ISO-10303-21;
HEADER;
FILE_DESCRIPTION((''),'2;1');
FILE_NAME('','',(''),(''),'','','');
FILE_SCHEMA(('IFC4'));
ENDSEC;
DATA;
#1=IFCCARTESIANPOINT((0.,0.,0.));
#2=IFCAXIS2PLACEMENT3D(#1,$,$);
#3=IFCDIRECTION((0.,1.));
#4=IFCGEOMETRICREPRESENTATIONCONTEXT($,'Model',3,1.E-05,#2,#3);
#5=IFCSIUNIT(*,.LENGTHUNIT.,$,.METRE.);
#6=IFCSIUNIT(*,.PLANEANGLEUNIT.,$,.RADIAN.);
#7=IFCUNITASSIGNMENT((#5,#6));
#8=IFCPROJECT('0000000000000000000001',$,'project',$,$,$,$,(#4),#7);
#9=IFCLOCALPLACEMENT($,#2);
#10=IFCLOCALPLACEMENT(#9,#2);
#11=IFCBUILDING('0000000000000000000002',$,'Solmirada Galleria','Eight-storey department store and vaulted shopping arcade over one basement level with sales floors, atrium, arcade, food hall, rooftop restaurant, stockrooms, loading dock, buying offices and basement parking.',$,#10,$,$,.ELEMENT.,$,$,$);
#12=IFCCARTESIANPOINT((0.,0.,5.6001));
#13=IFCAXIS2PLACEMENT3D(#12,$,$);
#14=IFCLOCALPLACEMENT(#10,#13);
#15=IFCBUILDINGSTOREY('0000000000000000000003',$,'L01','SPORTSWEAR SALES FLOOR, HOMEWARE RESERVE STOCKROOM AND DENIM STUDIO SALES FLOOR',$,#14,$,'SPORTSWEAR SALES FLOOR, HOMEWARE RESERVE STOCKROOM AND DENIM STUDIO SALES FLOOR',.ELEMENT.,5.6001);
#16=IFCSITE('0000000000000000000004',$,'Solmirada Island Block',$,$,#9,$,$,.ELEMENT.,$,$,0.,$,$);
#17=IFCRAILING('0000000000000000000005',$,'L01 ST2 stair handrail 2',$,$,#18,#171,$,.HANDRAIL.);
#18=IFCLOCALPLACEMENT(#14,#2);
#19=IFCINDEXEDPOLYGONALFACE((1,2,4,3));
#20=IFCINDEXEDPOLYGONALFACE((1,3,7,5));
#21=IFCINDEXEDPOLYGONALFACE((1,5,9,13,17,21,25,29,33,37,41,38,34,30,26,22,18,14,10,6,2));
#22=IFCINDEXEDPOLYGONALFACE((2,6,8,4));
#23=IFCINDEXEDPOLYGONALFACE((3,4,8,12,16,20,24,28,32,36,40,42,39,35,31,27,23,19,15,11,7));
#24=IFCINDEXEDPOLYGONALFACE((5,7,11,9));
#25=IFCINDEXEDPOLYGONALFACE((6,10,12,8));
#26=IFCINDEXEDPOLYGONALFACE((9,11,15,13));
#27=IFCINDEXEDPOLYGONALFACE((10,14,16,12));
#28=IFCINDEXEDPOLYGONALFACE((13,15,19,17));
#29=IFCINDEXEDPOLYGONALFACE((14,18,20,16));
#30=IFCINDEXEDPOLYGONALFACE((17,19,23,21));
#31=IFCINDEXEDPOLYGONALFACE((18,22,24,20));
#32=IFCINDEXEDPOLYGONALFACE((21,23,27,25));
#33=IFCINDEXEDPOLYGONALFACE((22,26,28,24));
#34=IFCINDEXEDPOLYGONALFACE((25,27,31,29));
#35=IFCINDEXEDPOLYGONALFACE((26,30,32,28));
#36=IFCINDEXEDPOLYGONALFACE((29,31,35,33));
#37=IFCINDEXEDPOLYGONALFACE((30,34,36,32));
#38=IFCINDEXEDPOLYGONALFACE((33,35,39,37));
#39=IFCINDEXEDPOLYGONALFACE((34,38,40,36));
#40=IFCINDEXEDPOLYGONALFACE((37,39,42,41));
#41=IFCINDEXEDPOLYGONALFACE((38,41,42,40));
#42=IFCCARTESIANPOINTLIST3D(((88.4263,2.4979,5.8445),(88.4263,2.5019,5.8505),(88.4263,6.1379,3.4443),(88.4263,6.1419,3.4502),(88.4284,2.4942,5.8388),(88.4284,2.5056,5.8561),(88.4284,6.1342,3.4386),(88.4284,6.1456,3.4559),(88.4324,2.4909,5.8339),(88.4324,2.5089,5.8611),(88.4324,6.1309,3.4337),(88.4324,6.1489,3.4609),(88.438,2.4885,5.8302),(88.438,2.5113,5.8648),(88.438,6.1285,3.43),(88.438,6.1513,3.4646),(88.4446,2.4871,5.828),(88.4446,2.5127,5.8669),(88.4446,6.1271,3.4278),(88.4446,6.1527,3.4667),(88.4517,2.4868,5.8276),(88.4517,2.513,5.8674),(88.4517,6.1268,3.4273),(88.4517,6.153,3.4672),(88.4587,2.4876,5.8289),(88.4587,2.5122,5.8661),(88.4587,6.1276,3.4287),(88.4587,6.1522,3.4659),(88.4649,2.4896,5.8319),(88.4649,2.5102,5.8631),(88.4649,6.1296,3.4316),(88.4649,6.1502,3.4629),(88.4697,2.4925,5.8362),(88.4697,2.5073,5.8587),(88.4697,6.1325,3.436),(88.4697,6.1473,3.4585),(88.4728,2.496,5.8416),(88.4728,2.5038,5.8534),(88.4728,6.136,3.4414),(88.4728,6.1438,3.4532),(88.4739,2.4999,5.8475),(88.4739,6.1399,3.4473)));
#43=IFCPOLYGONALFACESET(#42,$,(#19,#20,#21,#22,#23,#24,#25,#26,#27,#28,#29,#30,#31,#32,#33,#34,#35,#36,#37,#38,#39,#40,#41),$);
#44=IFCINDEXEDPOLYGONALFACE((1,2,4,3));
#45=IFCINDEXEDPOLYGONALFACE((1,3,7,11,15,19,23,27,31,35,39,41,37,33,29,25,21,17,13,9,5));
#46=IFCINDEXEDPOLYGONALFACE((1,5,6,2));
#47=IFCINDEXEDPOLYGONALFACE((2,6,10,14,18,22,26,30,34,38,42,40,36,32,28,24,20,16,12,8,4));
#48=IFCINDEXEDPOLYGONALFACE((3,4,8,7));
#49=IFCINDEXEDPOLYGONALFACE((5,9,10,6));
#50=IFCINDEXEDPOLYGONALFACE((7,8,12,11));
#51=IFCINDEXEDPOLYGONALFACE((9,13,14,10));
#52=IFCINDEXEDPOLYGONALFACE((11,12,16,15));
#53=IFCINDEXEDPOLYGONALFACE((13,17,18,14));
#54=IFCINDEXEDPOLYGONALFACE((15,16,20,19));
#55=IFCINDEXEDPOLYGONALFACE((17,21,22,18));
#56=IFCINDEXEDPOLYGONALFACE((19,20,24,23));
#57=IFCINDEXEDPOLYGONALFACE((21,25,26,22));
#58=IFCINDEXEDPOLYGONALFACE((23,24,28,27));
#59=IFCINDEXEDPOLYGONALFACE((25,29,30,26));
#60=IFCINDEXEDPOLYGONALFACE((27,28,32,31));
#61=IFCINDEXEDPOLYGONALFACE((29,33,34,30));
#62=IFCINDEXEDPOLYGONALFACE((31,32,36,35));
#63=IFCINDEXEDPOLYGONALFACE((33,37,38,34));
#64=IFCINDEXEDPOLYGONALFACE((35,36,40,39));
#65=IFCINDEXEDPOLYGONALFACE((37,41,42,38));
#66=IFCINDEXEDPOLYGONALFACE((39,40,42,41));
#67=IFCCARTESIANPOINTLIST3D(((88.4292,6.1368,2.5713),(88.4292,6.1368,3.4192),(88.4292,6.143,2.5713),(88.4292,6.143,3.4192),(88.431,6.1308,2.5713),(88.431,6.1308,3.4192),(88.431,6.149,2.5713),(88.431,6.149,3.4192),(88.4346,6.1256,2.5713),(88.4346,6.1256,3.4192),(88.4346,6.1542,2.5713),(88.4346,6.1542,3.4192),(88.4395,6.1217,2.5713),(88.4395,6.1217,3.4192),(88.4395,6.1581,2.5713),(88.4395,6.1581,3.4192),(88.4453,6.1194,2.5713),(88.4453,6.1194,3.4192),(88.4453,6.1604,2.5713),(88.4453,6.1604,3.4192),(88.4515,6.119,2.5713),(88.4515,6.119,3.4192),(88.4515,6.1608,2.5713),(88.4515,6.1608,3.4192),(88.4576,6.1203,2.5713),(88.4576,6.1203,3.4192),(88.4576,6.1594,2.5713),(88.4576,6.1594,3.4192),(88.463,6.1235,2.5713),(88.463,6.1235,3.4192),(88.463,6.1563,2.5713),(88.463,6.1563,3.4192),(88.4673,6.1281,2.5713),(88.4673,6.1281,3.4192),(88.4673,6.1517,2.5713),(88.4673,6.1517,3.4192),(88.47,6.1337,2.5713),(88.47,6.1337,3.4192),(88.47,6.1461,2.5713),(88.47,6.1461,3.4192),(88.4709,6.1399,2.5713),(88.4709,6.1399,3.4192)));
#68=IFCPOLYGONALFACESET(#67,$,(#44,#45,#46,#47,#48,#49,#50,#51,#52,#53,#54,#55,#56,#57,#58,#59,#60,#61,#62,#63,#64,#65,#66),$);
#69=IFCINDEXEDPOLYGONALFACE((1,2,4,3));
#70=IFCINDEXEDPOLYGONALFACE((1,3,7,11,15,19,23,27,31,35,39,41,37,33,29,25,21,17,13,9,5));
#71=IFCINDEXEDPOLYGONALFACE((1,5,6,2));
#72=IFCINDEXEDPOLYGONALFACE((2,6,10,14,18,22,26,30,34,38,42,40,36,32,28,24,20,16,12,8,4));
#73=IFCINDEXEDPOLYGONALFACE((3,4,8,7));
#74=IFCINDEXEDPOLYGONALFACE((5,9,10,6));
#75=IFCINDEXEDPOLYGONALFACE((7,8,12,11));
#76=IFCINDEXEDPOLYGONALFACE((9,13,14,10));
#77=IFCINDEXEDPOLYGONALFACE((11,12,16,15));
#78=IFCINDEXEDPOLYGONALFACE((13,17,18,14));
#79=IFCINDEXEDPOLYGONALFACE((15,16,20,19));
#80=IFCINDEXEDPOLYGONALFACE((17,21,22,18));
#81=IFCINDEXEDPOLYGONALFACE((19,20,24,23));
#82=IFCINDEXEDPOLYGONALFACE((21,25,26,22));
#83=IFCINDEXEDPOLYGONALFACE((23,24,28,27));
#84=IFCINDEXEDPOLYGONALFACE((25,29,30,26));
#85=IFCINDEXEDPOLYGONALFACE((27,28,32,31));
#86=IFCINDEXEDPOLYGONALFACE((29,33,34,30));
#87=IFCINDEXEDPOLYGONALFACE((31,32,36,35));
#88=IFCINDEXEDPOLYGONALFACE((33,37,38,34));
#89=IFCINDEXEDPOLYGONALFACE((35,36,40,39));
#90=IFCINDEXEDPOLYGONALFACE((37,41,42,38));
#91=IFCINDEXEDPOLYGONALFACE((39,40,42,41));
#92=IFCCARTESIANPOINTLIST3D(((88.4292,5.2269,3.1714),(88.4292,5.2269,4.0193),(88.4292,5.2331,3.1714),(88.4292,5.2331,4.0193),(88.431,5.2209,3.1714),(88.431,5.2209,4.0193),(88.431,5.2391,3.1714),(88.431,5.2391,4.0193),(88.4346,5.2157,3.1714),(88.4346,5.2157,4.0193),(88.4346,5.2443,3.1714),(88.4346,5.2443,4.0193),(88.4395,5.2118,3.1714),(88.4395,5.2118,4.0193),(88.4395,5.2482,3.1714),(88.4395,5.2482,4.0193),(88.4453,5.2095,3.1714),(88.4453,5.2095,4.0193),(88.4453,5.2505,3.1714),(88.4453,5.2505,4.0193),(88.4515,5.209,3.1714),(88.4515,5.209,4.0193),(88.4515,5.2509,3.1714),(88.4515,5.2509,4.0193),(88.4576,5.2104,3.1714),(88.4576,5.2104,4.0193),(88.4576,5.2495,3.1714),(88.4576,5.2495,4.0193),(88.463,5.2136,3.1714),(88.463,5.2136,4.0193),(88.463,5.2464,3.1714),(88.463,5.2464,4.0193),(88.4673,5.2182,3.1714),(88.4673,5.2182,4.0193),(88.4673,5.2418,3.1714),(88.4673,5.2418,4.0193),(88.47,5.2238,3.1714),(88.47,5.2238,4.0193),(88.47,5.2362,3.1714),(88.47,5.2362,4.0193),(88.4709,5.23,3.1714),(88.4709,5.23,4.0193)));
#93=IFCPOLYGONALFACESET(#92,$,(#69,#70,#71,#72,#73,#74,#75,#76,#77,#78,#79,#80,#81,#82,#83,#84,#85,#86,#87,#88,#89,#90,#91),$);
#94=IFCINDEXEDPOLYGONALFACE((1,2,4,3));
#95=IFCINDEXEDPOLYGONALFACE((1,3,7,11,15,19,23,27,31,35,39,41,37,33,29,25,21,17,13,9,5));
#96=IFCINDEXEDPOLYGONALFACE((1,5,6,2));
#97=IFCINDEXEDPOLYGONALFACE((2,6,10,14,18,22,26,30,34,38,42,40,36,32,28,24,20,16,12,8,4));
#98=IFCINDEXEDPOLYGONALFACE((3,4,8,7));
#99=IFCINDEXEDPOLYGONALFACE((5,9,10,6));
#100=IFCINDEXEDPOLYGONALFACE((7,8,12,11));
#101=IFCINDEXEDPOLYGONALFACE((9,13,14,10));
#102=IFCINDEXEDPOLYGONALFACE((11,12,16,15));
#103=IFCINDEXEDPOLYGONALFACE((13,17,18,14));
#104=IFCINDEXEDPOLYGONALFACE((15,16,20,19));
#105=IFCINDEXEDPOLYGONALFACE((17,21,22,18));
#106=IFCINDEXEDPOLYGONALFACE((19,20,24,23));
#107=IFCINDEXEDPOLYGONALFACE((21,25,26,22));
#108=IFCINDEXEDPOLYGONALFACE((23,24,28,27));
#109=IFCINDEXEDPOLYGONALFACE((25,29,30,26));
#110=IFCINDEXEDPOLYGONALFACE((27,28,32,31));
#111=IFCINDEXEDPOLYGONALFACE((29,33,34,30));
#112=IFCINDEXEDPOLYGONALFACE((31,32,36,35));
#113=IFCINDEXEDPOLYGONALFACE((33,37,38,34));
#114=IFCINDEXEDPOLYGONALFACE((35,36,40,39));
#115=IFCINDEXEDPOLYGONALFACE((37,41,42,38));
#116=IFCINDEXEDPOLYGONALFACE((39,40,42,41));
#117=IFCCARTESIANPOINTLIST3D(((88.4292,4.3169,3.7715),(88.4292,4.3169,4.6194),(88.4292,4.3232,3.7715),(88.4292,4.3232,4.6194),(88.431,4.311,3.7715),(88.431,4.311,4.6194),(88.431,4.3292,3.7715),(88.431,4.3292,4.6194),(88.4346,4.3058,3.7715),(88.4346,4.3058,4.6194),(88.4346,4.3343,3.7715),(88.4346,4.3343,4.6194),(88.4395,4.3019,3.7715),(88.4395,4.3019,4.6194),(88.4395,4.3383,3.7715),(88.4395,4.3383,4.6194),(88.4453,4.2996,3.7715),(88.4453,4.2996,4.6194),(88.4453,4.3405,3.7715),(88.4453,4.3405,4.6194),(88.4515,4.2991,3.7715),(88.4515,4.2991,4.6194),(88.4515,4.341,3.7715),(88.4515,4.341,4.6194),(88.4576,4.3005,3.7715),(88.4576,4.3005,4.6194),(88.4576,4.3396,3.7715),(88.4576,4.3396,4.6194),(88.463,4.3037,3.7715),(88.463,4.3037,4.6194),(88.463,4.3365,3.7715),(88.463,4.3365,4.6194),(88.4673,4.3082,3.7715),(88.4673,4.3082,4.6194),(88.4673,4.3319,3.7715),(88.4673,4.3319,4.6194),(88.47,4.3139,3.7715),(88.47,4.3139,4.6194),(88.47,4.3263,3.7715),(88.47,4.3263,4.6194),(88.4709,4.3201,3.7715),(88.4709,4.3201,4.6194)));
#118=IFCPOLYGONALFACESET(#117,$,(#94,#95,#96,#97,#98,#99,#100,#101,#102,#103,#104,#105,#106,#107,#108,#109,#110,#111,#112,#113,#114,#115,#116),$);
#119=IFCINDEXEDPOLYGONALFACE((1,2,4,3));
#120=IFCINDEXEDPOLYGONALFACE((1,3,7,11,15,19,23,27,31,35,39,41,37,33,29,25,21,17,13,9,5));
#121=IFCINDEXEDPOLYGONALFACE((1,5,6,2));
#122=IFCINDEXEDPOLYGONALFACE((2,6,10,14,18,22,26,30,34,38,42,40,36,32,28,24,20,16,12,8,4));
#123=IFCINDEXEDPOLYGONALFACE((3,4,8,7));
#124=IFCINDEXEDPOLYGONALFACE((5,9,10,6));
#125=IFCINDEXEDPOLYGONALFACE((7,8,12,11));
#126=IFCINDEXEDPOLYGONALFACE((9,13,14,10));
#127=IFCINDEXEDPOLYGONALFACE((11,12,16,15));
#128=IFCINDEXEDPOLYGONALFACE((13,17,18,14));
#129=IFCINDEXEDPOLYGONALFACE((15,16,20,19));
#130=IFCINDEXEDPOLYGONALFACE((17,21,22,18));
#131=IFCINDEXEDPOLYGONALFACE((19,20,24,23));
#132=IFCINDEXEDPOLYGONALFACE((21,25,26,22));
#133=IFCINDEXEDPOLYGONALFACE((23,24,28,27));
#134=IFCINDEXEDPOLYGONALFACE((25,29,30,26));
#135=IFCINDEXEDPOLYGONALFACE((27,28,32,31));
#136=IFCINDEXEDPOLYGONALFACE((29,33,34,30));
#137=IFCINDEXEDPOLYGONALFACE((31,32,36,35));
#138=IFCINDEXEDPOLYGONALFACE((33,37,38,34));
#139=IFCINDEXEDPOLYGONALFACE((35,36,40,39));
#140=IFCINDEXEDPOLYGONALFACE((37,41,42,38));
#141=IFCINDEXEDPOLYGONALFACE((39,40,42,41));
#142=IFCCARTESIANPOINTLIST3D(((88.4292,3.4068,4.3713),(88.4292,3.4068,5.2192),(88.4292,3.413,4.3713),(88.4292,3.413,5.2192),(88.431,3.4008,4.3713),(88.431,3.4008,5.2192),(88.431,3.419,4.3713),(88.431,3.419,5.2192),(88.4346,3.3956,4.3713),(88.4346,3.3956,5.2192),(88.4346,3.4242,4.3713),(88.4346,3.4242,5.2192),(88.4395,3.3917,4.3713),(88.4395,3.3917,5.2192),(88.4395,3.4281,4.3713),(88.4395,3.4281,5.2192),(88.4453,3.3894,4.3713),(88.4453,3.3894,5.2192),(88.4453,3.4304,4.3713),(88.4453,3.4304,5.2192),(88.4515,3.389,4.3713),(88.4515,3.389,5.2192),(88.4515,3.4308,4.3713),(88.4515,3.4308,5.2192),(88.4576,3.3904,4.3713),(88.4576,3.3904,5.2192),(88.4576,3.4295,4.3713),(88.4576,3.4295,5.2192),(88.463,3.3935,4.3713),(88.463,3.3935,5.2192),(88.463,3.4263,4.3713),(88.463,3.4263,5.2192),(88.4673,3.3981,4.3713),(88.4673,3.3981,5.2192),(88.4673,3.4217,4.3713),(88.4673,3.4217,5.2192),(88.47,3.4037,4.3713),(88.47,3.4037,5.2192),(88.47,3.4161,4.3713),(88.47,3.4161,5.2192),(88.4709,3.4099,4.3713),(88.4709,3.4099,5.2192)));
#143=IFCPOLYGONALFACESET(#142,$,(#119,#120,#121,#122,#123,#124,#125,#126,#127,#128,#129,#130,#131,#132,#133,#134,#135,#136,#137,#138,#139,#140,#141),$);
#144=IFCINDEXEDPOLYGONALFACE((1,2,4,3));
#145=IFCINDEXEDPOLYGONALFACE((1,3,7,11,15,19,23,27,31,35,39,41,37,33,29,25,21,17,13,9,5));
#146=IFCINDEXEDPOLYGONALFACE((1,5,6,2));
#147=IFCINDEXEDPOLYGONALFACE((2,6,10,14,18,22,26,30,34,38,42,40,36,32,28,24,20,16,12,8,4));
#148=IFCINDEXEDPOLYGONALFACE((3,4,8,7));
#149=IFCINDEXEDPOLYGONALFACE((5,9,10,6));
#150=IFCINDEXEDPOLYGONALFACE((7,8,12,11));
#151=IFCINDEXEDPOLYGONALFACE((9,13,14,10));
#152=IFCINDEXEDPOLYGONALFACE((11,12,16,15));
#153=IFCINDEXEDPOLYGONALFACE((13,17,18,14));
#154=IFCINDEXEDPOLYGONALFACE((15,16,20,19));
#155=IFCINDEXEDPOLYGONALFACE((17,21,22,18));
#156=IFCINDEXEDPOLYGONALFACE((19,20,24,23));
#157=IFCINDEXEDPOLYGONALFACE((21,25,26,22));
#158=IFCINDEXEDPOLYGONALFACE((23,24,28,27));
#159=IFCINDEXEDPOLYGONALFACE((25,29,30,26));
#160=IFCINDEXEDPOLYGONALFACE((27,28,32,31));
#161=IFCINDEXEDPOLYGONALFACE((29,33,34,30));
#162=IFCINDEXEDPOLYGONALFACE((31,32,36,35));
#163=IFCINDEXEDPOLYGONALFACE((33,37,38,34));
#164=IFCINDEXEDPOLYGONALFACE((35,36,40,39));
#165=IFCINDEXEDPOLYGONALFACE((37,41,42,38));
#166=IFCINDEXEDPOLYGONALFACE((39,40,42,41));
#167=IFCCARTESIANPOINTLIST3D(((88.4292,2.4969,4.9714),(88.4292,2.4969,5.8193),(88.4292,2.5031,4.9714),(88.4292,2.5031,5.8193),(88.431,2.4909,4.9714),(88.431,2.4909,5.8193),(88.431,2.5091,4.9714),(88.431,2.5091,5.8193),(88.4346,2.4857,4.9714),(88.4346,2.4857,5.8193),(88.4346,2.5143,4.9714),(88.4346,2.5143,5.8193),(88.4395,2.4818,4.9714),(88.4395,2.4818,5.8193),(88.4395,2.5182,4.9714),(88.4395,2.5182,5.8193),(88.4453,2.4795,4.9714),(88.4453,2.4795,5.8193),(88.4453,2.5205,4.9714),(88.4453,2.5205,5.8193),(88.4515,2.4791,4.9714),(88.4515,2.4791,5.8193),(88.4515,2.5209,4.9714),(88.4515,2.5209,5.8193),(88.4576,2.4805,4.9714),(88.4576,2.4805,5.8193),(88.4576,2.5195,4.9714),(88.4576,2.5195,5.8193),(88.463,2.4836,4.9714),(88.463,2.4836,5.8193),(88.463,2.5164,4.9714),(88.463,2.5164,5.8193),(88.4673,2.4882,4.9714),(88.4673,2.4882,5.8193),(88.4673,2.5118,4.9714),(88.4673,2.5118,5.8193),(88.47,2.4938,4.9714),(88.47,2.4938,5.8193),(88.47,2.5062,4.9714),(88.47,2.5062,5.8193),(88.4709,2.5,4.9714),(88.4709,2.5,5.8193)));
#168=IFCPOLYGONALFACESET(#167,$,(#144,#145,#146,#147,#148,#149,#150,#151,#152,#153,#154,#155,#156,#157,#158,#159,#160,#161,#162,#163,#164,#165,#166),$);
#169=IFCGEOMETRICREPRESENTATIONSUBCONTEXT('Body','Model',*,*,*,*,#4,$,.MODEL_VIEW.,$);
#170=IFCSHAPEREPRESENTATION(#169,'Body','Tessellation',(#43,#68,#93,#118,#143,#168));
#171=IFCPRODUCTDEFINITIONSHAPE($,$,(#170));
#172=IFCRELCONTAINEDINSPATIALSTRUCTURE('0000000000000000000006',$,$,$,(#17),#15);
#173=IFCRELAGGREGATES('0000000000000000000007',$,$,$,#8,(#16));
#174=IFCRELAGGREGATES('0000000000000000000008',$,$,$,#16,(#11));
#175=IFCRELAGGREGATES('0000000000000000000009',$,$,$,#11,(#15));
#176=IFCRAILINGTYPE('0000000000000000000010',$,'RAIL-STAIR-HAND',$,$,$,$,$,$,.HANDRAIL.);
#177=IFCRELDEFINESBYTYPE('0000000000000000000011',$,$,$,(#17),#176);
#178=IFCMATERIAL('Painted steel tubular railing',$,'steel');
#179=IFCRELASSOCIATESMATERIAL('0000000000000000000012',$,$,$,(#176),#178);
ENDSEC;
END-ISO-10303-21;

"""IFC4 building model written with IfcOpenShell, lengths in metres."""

from ifc_helpers import new_model, si_unit, direction, frame, origin, origin_2d, place, context, subcontext, project, spatial, circle, extrude, material, type_object, element, save


model = new_model("IFC4")

# Units and contexts
model_context = context("Model", 3, precision=1e-05, world=origin(), true_north=direction((0.0, 1.0)))
body_context = subcontext(model_context, "Body", "Model", "MODEL_VIEW")
ifc_project = project(units=[si_unit("LENGTHUNIT", "METRE"), si_unit("PLANEANGLEUNIT", "RADIAN")], contexts=[model_context])

# Site, building, storey
site_placement = place(None, origin())
site = spatial("IfcSite", under=ifc_project, at=site_placement, Name="Solmirada Island Block", CompositionType="ELEMENT", RefElevation=0.0)
building_placement = place(site_placement, origin())
building = spatial("IfcBuilding", under=site, at=building_placement, Name="Solmirada Galleria", Description="Eight-storey department store and vaulted shopping arcade over one basement level with sales floors, atrium, arcade, food hall, rooftop restaurant, stockrooms, loading dock, buying offices and basement parking.", CompositionType="ELEMENT")
storey_placement = place(building_placement, frame((0.0, 0.0, 5.6001)))
storey = spatial("IfcBuildingStorey", under=building, at=storey_placement, Name="L01", Description="SPORTSWEAR SALES FLOOR, HOMEWARE RESERVE STOCKROOM AND DENIM STUDIO SALES FLOOR", LongName="SPORTSWEAR SALES FLOOR, HOMEWARE RESERVE STOCKROOM AND DENIM STUDIO SALES FLOOR", CompositionType="ELEMENT", Elevation=5.6001)

# Railing
ifc_material_1 = material(Name="Painted steel tubular railing", Category="steel")
railing_type_1 = type_object("IfcRailingType", Name="RAIL-STAIR-HAND", PredefinedType="HANDRAIL", material=ifc_material_1)
railing_1_placement = place(storey_placement, frame((88.45, 6.1399, 2.5713)))
element("IfcRailing", 1, at=railing_1_placement, inside=storey, type_object=railing_type_1, Name="L01 ST2 stair handrail 2", PredefinedType="HANDRAIL", context=body_context, shape_type="SweptSolid", body=[
    extrude(circle(Radius=0.0239, at=origin_2d()), frame((0.0, 0.0, 0.876), z_axis=(0.0, -0.834839, 0.550493), x_axis=(1.0, 0.0, 0.0)), (0.0, 0.0, 1.0), 4.3601),
    extrude(circle(Radius=0.021, at=origin_2d()), origin(), (0.0, 0.0, 1.0), 0.8479),
    extrude(circle(Radius=0.021, at=origin_2d()), frame((0.0, -0.9099, 0.6001)), (0.0, 0.0, 1.0), 0.8479),
    extrude(circle(Radius=0.021, at=origin_2d()), frame((0.0, -1.8198, 1.2002)), (0.0, 0.0, 1.0), 0.8479),
    extrude(circle(Radius=0.021, at=origin_2d()), frame((0.0, -2.73, 1.8)), (0.0, 0.0, 1.0), 0.8479),
    extrude(circle(Radius=0.021, at=origin_2d()), frame((0.0, -3.6399, 2.4001)), (0.0, 0.0, 1.0), 0.8479),
])

save(model, "model.ifc")
